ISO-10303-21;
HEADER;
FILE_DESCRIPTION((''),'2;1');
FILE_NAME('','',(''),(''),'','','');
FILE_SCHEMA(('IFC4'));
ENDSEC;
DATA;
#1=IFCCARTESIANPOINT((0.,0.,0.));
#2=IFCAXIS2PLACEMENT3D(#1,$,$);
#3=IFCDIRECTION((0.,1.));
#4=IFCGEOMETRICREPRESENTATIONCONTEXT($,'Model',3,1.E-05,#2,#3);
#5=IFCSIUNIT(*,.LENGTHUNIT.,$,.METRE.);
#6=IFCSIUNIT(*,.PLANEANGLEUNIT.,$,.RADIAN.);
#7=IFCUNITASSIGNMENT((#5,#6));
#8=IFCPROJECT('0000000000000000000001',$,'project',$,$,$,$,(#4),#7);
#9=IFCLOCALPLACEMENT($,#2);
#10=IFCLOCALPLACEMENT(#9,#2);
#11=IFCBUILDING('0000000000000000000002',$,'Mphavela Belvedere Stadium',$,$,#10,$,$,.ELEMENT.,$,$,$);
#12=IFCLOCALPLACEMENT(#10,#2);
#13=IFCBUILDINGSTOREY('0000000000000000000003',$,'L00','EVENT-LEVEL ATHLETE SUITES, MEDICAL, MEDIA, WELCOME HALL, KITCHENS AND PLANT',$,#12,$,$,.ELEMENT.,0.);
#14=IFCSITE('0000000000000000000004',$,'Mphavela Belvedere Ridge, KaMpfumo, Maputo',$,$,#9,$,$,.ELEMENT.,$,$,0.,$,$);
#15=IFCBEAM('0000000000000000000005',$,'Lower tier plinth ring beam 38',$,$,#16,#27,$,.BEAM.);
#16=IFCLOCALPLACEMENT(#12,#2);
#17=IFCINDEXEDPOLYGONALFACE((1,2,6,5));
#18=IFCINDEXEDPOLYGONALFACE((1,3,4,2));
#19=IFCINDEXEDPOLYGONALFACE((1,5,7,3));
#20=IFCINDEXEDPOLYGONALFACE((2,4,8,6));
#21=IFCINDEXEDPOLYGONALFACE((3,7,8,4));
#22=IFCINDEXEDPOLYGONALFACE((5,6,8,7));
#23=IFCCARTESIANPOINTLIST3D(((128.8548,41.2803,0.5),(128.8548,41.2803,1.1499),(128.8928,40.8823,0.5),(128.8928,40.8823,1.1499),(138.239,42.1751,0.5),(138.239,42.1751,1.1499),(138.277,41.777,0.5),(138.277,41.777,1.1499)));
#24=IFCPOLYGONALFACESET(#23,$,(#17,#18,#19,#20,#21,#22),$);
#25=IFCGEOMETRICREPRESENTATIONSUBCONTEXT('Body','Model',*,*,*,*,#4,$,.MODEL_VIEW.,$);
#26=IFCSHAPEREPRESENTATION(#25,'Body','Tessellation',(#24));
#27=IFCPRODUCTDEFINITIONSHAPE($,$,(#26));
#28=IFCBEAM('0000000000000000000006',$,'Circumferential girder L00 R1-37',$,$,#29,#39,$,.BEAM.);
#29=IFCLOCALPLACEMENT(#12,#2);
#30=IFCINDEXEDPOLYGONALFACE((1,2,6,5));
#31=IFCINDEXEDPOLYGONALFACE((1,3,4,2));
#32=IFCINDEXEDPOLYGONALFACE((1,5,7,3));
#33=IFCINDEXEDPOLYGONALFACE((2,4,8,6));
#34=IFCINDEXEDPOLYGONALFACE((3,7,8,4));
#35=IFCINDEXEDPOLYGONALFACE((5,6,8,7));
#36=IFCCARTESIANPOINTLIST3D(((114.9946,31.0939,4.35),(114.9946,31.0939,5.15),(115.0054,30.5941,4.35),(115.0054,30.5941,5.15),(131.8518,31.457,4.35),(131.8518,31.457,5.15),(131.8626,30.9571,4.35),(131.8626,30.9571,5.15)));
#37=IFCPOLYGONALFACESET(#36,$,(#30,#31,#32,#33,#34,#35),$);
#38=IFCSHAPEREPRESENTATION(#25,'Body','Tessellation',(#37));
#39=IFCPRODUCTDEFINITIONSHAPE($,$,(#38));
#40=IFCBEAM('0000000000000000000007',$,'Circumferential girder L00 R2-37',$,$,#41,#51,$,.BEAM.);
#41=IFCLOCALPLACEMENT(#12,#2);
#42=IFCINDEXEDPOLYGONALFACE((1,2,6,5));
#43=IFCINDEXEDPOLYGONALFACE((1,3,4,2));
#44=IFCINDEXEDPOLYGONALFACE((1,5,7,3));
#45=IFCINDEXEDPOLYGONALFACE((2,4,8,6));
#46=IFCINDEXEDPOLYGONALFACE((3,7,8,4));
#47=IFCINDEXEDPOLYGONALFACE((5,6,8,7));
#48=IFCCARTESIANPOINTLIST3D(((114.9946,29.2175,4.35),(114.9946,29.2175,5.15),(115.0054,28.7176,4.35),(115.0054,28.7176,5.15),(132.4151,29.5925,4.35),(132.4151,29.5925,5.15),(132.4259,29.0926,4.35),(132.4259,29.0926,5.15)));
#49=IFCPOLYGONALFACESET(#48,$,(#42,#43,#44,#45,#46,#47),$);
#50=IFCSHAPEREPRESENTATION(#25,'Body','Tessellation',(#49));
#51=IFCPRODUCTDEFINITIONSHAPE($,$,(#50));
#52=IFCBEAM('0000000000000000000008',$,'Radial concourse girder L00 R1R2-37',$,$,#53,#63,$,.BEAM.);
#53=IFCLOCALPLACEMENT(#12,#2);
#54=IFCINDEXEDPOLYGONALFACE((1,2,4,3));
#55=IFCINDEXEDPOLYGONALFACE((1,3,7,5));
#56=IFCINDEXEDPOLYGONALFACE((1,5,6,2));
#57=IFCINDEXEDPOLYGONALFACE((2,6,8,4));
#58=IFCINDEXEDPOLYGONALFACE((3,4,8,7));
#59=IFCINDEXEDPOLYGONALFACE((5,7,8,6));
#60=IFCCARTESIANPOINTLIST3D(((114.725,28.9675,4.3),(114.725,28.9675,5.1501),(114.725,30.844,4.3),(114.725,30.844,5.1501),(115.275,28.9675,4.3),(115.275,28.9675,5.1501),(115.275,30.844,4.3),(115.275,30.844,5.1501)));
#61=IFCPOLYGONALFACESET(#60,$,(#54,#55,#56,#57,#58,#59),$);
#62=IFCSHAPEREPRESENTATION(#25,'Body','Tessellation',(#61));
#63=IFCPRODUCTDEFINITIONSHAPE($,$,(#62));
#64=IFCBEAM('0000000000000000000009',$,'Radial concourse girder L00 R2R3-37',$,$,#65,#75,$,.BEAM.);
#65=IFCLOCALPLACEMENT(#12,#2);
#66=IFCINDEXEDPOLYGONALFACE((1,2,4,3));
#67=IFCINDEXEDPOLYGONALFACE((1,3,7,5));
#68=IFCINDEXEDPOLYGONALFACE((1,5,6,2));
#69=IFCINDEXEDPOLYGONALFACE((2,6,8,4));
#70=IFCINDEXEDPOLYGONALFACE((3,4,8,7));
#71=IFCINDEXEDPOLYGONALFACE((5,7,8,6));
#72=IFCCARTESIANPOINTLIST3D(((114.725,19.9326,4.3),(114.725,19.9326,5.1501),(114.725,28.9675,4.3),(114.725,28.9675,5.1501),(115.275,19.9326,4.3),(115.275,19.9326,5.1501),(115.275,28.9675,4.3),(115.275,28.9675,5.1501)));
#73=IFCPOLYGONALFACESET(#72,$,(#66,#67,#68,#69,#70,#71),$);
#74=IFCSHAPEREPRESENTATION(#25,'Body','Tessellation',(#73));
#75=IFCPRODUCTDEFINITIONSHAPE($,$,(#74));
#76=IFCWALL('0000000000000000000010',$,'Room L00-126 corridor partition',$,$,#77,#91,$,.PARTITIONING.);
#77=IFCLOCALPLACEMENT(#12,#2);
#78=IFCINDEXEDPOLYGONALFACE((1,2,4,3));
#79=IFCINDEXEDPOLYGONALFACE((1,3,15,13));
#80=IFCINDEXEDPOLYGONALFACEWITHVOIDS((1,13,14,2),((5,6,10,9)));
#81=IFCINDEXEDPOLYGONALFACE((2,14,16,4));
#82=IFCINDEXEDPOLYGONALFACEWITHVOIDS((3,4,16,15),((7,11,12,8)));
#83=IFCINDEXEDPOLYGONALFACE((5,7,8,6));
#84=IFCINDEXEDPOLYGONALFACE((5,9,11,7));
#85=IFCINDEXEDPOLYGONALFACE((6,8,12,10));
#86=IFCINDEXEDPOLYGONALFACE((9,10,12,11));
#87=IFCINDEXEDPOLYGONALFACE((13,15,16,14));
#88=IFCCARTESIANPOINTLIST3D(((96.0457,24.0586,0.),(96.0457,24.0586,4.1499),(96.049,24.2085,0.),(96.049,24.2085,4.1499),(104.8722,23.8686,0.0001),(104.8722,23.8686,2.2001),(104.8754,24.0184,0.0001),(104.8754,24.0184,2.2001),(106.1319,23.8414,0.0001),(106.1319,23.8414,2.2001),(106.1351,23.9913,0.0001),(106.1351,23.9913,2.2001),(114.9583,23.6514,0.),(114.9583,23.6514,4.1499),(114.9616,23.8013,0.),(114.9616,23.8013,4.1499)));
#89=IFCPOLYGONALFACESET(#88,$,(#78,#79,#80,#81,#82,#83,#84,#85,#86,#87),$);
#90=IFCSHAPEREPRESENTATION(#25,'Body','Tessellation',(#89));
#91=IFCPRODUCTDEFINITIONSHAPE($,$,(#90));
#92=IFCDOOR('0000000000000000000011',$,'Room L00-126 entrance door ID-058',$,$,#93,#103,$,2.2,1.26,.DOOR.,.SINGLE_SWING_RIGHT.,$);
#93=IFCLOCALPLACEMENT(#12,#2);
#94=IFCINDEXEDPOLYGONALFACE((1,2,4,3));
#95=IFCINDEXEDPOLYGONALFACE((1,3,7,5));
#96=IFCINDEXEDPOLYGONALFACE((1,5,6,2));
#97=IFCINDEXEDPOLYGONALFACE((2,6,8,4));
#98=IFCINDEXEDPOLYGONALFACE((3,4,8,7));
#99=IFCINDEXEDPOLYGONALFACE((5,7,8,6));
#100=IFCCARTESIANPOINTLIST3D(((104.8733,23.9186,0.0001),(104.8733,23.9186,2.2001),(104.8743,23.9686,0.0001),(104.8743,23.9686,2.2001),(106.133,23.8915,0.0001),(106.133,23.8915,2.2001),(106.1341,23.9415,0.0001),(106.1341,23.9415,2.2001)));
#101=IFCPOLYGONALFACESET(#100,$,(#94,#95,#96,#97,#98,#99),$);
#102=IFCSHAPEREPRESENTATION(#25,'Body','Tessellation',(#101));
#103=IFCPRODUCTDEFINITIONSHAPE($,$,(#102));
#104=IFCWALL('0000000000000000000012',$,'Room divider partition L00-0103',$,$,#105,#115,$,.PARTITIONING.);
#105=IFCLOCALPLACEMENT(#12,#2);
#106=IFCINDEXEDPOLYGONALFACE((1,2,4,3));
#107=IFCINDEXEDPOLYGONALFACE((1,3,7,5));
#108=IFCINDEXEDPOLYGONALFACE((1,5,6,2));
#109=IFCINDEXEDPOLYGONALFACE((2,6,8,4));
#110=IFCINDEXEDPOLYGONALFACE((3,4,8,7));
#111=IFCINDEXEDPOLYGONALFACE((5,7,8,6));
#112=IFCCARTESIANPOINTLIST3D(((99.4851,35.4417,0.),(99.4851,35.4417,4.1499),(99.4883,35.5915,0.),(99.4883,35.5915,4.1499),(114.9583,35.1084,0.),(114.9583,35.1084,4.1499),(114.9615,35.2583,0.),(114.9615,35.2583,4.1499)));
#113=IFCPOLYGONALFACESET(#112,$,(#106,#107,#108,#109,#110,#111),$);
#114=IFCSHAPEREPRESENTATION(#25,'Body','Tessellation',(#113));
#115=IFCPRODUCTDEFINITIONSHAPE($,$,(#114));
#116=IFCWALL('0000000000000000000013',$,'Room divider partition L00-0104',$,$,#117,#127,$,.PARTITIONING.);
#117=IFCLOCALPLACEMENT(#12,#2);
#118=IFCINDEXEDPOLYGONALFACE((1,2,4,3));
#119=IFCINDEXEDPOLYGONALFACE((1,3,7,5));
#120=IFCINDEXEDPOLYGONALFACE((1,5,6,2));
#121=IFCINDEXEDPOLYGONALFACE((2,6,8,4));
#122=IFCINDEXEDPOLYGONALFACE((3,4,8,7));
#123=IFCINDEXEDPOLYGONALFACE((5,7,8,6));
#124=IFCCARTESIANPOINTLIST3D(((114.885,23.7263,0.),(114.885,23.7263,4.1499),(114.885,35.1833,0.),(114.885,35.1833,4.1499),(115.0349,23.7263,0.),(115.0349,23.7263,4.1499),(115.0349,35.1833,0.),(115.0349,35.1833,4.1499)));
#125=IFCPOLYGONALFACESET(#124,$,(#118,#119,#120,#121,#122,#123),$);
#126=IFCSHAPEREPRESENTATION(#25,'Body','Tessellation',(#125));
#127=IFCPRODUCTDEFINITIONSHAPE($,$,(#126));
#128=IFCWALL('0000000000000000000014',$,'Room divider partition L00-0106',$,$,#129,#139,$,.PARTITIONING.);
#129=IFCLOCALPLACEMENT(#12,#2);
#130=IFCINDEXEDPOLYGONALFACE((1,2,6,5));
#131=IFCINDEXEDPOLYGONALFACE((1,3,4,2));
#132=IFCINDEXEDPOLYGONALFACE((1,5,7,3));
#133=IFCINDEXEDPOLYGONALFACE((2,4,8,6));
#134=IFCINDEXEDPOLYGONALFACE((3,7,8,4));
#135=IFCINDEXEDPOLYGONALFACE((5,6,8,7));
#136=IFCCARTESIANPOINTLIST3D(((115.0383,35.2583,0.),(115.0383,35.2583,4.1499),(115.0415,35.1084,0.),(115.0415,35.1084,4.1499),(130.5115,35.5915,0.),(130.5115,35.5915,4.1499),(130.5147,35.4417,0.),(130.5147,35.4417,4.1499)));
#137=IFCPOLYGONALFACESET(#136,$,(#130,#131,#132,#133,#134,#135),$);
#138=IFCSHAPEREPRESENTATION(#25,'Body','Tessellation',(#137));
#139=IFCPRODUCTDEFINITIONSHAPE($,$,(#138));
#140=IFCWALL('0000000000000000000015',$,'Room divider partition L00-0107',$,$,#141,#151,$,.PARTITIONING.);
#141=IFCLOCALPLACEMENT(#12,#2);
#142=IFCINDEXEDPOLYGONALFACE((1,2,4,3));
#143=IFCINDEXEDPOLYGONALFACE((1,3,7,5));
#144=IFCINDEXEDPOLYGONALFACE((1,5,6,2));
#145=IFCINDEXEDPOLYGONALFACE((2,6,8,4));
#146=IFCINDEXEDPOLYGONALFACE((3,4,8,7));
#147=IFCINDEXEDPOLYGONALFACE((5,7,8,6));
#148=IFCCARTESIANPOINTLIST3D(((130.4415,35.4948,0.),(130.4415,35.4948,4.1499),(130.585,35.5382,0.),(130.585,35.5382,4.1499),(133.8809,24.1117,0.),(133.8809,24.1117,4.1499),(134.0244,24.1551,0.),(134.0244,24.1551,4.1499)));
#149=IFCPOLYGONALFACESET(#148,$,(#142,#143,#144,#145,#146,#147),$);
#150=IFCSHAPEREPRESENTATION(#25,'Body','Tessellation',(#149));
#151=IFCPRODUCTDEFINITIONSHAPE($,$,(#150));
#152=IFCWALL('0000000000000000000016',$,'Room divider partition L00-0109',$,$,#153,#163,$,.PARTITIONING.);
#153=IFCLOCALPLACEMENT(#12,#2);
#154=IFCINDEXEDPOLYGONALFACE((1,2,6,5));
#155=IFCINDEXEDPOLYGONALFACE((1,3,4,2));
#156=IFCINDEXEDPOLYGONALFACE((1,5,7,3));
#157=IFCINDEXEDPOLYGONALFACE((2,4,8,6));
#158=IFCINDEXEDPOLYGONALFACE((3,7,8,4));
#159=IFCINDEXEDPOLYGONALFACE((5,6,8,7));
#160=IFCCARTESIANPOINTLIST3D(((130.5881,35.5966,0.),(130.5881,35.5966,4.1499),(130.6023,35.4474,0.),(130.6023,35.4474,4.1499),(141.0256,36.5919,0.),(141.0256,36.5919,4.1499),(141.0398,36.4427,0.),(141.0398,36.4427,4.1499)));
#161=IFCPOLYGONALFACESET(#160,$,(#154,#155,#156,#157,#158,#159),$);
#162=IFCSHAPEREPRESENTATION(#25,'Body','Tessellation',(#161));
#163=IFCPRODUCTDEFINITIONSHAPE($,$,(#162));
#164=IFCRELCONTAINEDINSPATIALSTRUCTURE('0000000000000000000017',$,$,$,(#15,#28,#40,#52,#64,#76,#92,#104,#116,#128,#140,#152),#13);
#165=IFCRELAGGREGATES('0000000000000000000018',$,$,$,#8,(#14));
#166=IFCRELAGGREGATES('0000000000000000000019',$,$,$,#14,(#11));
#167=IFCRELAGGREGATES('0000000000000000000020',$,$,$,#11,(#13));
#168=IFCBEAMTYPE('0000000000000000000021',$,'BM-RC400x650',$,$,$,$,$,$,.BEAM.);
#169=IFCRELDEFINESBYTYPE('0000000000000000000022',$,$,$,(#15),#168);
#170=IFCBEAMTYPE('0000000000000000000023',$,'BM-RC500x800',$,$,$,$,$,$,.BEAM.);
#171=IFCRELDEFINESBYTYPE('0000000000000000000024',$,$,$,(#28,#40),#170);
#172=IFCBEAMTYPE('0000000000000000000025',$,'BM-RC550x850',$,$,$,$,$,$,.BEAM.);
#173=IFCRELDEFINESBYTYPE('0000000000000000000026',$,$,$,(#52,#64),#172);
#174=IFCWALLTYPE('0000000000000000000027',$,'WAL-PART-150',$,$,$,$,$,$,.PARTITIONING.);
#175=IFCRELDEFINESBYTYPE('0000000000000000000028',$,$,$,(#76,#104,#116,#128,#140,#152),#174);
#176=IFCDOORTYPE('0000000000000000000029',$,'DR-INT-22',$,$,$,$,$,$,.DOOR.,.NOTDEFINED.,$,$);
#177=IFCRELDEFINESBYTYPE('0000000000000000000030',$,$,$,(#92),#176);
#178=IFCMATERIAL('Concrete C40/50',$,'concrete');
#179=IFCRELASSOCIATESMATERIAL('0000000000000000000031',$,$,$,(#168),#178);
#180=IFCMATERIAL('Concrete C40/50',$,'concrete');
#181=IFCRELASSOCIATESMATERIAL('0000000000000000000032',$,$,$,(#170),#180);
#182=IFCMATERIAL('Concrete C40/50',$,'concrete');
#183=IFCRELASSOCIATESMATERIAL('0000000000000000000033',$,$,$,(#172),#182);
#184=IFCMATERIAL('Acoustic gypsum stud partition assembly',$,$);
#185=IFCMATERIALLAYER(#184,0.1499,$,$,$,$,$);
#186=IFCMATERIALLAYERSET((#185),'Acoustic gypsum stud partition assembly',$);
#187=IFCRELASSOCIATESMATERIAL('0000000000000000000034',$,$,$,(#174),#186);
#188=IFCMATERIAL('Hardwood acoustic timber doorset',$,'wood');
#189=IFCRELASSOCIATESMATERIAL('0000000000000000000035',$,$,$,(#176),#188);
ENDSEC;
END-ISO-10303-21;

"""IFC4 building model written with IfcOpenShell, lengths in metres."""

from ifc_helpers import new_model, si_unit, direction, frame, frame_2d, origin, origin_2d, place, context, subcontext, project, spatial, rectangle, extrude, material, layer, layer_set, material_profile, profile_set, type_object, element, fill, save


model = new_model("IFC4")

# Units and contexts
model_context = context("Model", 3, precision=1e-05, world=origin(), true_north=direction((0.0, 1.0)))
body_context = subcontext(model_context, "Body", "Model", "MODEL_VIEW")
ifc_project = project(units=[si_unit("LENGTHUNIT", "METRE"), si_unit("PLANEANGLEUNIT", "RADIAN")], contexts=[model_context])

# Site, building, storey
site_placement = place(None, origin())
site = spatial("IfcSite", under=ifc_project, at=site_placement, Name="Mphavela Belvedere Ridge, KaMpfumo, Maputo", CompositionType="ELEMENT", RefElevation=0.0)
building_placement = place(site_placement, origin())
building = spatial("IfcBuilding", under=site, at=building_placement, Name="Mphavela Belvedere Stadium", CompositionType="ELEMENT")
storey_placement = place(building_placement, origin())
storey = spatial("IfcBuildingStorey", under=building, at=storey_placement, Name="L00", Description="EVENT-LEVEL ATHLETE SUITES, MEDICAL, MEDIA, WELCOME HALL, KITCHENS AND PLANT", CompositionType="ELEMENT", Elevation=0.0)

# Beams
ifc_material_1 = material(Name="Concrete C40/50", Category="concrete")
ifc_material_profile_1 = material_profile(ifc_material_1, rectangle(XDim=0.3999, YDim=0.6499, at=origin_2d()), Name="RC 400x650")
ifc_profile_set_1 = profile_set([ifc_material_profile_1], Name="Concrete C40/50")
beam_type_1 = type_object("IfcBeamType", Name="BM-RC400x650", PredefinedType="BEAM", material=ifc_profile_set_1)
beam_1_placement = place(storey_placement, frame((128.8738, 41.0813, 0.825), z_axis=(0.995485, 0.094918, 0.0), x_axis=(-0.094918, 0.995485, 0.0)))
element("IfcBeam", 1, at=beam_1_placement, inside=storey, type_object=beam_type_1, Name="Lower tier plinth ring beam 38", PredefinedType="BEAM", context=body_context, shape_type="SweptSolid", body=[
    extrude(rectangle(XDim=0.3999, YDim=0.6499, at=origin_2d()), origin(), (0.0, 0.0, 1.0), 9.4268),
])
ifc_material_2 = material(Name="Concrete C40/50", Category="concrete")
ifc_material_profile_2 = material_profile(ifc_material_2, rectangle(XDim=0.5, YDim=0.8, at=origin_2d()), Name="RC 500x800")
ifc_profile_set_2 = profile_set([ifc_material_profile_2], Name="Concrete C40/50")
beam_type_2 = type_object("IfcBeamType", Name="BM-RC500x800", PredefinedType="BEAM", material=ifc_profile_set_2)
beam_2_placement = place(storey_placement, frame((115.0, 30.844, 4.75), z_axis=(0.999768, 0.021531, 0.0), x_axis=(-0.021531, 0.999768, 0.0)))
element("IfcBeam", 2, at=beam_2_placement, inside=storey, type_object=beam_type_2, Name="Circumferential girder L00 R1-37", PredefinedType="BEAM", context=body_context, shape_type="SweptSolid", body=[
    extrude(rectangle(XDim=0.5, YDim=0.8, at=origin_2d()), origin(), (0.0, 0.0, 1.0), 16.8611),
])
beam_3_placement = place(storey_placement, frame((115.0, 28.9675, 4.75), z_axis=(0.999768, 0.021521, 0.0), x_axis=(-0.021521, 0.999768, 0.0)))
element("IfcBeam", 3, at=beam_3_placement, inside=storey, type_object=beam_type_2, Name="Circumferential girder L00 R2-37", PredefinedType="BEAM", context=body_context, shape_type="SweptSolid", body=[
    extrude(rectangle(XDim=0.5, YDim=0.8, at=origin_2d()), origin(), (0.0, 0.0, 1.0), 17.4246),
])
ifc_material_3 = material(Name="Concrete C40/50", Category="concrete")
ifc_material_profile_3 = material_profile(ifc_material_3, rectangle(XDim=0.55, YDim=0.8501, at=origin_2d()), Name="RC 550x850")
ifc_profile_set_3 = profile_set([ifc_material_profile_3], Name="Concrete C40/50")
beam_type_3 = type_object("IfcBeamType", Name="BM-RC550x850", PredefinedType="BEAM", material=ifc_profile_set_3)
beam_4_placement = place(storey_placement, frame((115.0, 30.844, 4.7251), z_axis=(0.0, -1.0, 0.0), x_axis=(1.0, 0.0, 0.0)))
element("IfcBeam", 4, at=beam_4_placement, inside=storey, type_object=beam_type_3, Name="Radial concourse girder L00 R1R2-37", PredefinedType="BEAM", context=body_context, shape_type="SweptSolid", body=[
    extrude(rectangle(XDim=0.55, YDim=0.8501, at=origin_2d()), origin(), (0.0, 0.0, 1.0), 1.8765),
])
beam_5_placement = place(storey_placement, frame((115.0, 28.9675, 4.7251), z_axis=(0.0, -1.0, 0.0), x_axis=(1.0, 0.0, 0.0)))
element("IfcBeam", 5, at=beam_5_placement, inside=storey, type_object=beam_type_3, Name="Radial concourse girder L00 R2R3-37", PredefinedType="BEAM", context=body_context, shape_type="SweptSolid", body=[
    extrude(rectangle(XDim=0.55, YDim=0.8501, at=origin_2d()), origin(), (0.0, 0.0, 1.0), 9.0349),
])

# Wall, opening, door
ifc_material_4 = material(Name="Acoustic gypsum stud partition assembly")
ifc_layer = layer(ifc_material_4, 0.1499)
ifc_layer_set = layer_set([ifc_layer], Name="Acoustic gypsum stud partition assembly")
wall_type = type_object("IfcWallType", Name="WAL-PART-150", PredefinedType="PARTITIONING", material=ifc_layer_set)
wall_1_placement = place(storey_placement, frame((114.96, 23.7263, 0.0), z_axis=(0.0, 0.0, 1.0), x_axis=(-0.999768, 0.021527, 0.0)))
wall_1 = element("IfcWall", 6, at=wall_1_placement, inside=storey, type_object=wall_type, Name="Room L00-126 corridor partition", PredefinedType="PARTITIONING", context=body_context, shape_type="SweptSolid", body=[
    extrude(rectangle(XDim=18.917, YDim=0.1499, at=frame_2d((9.4585, 0.0))), origin(), (0.0, 0.0, 1.0), 4.1499),
])
opening_placement = place(wall_1_placement, frame((8.8286, 0.0, 0.0)))
opening = element("IfcOpeningElement", 7, at=opening_placement, cuts=wall_1, PredefinedType="OPENING", context=body_context, shape_type="SweptSolid", body=[
    extrude(rectangle(XDim=1.26, YDim=2.2, at=frame_2d((0.6299, 1.1001))), frame((0.0, 0.085, 0.0), z_axis=(0.0, -1.0, 0.0), x_axis=(1.0, 0.0, 0.0)), (0.0, 0.0, 1.0), 0.1699),
])
ifc_material_5 = material(Name="Hardwood acoustic timber doorset", Category="wood")
door_type = type_object("IfcDoorType", Name="DR-INT-22", OperationType="NOTDEFINED", PredefinedType="DOOR", material=ifc_material_5)
door_placement = place(opening_placement, origin())
door = element("IfcDoor", 8, at=door_placement, inside=storey, type_object=door_type, Name="Room L00-126 entrance door ID-058", OperationType="SINGLE_SWING_RIGHT", OverallHeight=2.2, OverallWidth=1.26, PredefinedType="DOOR", context=body_context, shape_type="SweptSolid", body=[
    extrude(rectangle(XDim=1.26, YDim=2.2, at=frame_2d((0.6299, 1.1001))), frame((0.0, 0.0249, 0.0), z_axis=(0.0, -1.0, 0.0), x_axis=(1.0, 0.0, 0.0)), (0.0, 0.0, 1.0), 0.05),
])
fill(opening, door)

# Walls
wall_2_placement = place(storey_placement, frame((99.4868, 35.5166, 0.0), z_axis=(0.0, 0.0, 1.0), x_axis=(0.999768, -0.021532, 0.0)))
element("IfcWall", 9, at=wall_2_placement, inside=storey, type_object=wall_type, Name="Room divider partition L00-0103", PredefinedType="PARTITIONING", context=body_context, shape_type="SweptSolid", body=[
    extrude(rectangle(XDim=15.4768, YDim=0.1499, at=frame_2d((7.7383, 0.0))), origin(), (0.0, 0.0, 1.0), 4.1499),
])
wall_3_placement = place(storey_placement, frame((114.96, 35.1833, 0.0), z_axis=(0.0, 0.0, 1.0), x_axis=(0.0, -1.0, 0.0)))
element("IfcWall", 10, at=wall_3_placement, inside=storey, type_object=wall_type, Name="Room divider partition L00-0104", PredefinedType="PARTITIONING", context=body_context, shape_type="SweptSolid", body=[
    extrude(rectangle(XDim=11.457, YDim=0.1499, at=frame_2d((5.7285, 0.0))), origin(), (0.0, 0.0, 1.0), 4.1499),
])
wall_4_placement = place(storey_placement, frame((115.04, 35.1833, 0.0), z_axis=(0.0, 0.0, 1.0), x_axis=(0.999768, 0.021532, 0.0)))
element("IfcWall", 11, at=wall_4_placement, inside=storey, type_object=wall_type, Name="Room divider partition L00-0106", PredefinedType="PARTITIONING", context=body_context, shape_type="SweptSolid", body=[
    extrude(rectangle(XDim=15.4768, YDim=0.1499, at=frame_2d((7.7383, 0.0))), origin(), (0.0, 0.0, 1.0), 4.1499),
])
wall_5_placement = place(storey_placement, frame((130.5132, 35.5166, 0.0), z_axis=(0.0, 0.0, 1.0), x_axis=(0.28924, -0.957257, 0.0)))
element("IfcWall", 12, at=wall_5_placement, inside=storey, type_object=wall_type, Name="Room divider partition L00-0107", PredefinedType="PARTITIONING", context=body_context, shape_type="SweptSolid", body=[
    extrude(rectangle(XDim=11.8914, YDim=0.1499, at=frame_2d((5.9458, 0.0))), origin(), (0.0, 0.0, 1.0), 4.1499),
])
wall_6_placement = place(storey_placement, frame((130.5952, 35.522, 0.0), z_axis=(0.0, 0.0, 1.0), x_axis=(0.995484, 0.094933, 0.0)))
element("IfcWall", 13, at=wall_6_placement, inside=storey, type_object=wall_type, Name="Room divider partition L00-0109", PredefinedType="PARTITIONING", context=body_context, shape_type="SweptSolid", body=[
    extrude(rectangle(XDim=10.4849, YDim=0.1499, at=frame_2d((5.2424, 0.0))), origin(), (0.0, 0.0, 1.0), 4.1499),
])

save(model, "model.ifc")
